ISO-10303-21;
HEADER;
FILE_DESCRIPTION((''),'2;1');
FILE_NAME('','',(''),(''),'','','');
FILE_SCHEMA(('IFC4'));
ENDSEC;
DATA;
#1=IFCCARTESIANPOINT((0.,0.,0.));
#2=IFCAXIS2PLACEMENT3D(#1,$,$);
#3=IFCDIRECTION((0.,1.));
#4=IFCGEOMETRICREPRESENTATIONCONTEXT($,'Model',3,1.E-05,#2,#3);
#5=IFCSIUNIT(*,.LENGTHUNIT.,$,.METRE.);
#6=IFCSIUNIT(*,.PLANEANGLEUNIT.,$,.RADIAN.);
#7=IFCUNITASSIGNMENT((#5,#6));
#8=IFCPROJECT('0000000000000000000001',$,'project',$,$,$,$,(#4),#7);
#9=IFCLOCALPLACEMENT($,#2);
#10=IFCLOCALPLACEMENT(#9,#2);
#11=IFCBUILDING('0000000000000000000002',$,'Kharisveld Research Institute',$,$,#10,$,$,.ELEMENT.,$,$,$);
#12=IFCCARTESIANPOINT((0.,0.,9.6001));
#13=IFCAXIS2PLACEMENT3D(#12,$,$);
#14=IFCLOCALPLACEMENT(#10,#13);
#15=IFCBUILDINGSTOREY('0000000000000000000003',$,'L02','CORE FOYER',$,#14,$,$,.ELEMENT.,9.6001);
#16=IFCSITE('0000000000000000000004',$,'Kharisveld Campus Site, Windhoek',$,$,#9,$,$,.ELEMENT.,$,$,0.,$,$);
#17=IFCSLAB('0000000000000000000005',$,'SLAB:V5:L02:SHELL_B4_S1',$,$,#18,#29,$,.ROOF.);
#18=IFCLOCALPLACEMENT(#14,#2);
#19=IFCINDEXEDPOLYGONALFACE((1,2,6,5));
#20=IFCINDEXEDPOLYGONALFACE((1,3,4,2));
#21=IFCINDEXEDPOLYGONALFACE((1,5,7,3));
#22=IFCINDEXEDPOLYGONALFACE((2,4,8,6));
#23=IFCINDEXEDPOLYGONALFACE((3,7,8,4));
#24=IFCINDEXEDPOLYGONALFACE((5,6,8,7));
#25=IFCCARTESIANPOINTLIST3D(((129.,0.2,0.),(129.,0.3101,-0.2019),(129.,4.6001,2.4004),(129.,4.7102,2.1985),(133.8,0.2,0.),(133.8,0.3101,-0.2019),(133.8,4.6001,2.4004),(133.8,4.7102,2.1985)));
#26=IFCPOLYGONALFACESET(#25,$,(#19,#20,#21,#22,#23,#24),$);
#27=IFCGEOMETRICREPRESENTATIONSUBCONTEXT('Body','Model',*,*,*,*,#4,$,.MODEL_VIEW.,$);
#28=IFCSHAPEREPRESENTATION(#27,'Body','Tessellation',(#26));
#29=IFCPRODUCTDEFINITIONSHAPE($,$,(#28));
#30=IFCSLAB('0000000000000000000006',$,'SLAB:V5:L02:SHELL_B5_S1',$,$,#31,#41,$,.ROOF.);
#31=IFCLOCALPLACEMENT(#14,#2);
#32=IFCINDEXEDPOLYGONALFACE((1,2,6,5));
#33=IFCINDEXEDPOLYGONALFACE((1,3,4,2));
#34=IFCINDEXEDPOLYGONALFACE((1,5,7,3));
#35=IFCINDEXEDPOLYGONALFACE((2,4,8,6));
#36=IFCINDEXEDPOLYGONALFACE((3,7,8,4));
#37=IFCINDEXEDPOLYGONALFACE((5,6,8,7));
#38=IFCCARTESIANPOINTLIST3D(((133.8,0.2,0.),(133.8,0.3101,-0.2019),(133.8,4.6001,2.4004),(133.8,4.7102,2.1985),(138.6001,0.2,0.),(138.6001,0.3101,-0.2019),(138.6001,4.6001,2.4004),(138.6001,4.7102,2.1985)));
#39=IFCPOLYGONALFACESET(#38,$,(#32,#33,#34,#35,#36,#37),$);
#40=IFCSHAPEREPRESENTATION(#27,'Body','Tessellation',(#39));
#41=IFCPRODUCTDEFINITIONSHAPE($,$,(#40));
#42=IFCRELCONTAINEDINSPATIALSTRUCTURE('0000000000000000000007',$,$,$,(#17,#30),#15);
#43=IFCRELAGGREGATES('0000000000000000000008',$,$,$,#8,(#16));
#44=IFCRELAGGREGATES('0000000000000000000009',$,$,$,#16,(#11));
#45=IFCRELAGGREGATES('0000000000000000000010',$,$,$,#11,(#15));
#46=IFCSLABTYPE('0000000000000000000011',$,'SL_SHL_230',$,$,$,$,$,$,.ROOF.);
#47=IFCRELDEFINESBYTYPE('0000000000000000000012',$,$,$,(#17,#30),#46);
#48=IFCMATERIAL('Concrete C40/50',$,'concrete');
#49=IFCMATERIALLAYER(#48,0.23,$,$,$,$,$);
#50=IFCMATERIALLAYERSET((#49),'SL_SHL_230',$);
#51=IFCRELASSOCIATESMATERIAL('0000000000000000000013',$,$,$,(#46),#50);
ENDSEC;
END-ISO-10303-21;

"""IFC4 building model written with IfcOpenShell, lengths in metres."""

from ifc_helpers import new_model, si_unit, direction, frame, origin, place, context, subcontext, project, spatial, polyline, outline, extrude, material, layer, layer_set, type_object, element, save


model = new_model("IFC4")

# Units and contexts
model_context = context("Model", 3, precision=1e-05, world=origin(), true_north=direction((0.0, 1.0)))
body_context = subcontext(model_context, "Body", "Model", "MODEL_VIEW")
ifc_project = project(units=[si_unit("LENGTHUNIT", "METRE"), si_unit("PLANEANGLEUNIT", "RADIAN")], contexts=[model_context])

# Site, building, storey
site_placement = place(None, origin())
site = spatial("IfcSite", under=ifc_project, at=site_placement, Name="Kharisveld Campus Site, Windhoek", CompositionType="ELEMENT", RefElevation=0.0)
building_placement = place(site_placement, origin())
building = spatial("IfcBuilding", under=site, at=building_placement, Name="Kharisveld Research Institute", CompositionType="ELEMENT")
storey_placement = place(building_placement, frame((0.0, 0.0, 9.6001)))
storey = spatial("IfcBuildingStorey", under=building, at=storey_placement, Name="L02", Description="CORE FOYER", CompositionType="ELEMENT", Elevation=9.6001)

# Slabs
ifc_material_1 = material(Name="Concrete C40/50", Category="concrete")
ifc_layer_1 = layer(ifc_material_1, 0.23)
ifc_layer_set_1 = layer_set([ifc_layer_1], Name="SL_SHL_230")
slab_type_1 = type_object("IfcSlabType", Name="SL_SHL_230", PredefinedType="ROOF", material=ifc_layer_set_1)
for number, where, z_axis, x_axis, name in (
    (1, (129.0, 0.2, 0.0), (0.0, -0.4789, 0.87787), (1.0, 0.0, 0.0), "SLAB:V5:L02:SHELL_B4_S1"),
    (2, (133.8, 0.2, 0.0), (0.0, -0.4789, 0.87787), (1.0, 0.0, 0.0), "SLAB:V5:L02:SHELL_B5_S1"),
):
    element("IfcSlab", number, at=place(storey_placement, frame(where, z_axis=z_axis, x_axis=x_axis)), inside=storey, type_object=slab_type_1, Name=name, PredefinedType="ROOF", context=body_context, shape_type="SweptSolid", body=[
        extrude(outline(polyline([(0.0, 0.0), (4.8, 0.0), (4.8, 5.0123), (0.0, 5.0123), (0.0, 0.0)])), origin(), (0.0, 0.0, -1.0), 0.23),
    ])

save(model, "model.ifc")
